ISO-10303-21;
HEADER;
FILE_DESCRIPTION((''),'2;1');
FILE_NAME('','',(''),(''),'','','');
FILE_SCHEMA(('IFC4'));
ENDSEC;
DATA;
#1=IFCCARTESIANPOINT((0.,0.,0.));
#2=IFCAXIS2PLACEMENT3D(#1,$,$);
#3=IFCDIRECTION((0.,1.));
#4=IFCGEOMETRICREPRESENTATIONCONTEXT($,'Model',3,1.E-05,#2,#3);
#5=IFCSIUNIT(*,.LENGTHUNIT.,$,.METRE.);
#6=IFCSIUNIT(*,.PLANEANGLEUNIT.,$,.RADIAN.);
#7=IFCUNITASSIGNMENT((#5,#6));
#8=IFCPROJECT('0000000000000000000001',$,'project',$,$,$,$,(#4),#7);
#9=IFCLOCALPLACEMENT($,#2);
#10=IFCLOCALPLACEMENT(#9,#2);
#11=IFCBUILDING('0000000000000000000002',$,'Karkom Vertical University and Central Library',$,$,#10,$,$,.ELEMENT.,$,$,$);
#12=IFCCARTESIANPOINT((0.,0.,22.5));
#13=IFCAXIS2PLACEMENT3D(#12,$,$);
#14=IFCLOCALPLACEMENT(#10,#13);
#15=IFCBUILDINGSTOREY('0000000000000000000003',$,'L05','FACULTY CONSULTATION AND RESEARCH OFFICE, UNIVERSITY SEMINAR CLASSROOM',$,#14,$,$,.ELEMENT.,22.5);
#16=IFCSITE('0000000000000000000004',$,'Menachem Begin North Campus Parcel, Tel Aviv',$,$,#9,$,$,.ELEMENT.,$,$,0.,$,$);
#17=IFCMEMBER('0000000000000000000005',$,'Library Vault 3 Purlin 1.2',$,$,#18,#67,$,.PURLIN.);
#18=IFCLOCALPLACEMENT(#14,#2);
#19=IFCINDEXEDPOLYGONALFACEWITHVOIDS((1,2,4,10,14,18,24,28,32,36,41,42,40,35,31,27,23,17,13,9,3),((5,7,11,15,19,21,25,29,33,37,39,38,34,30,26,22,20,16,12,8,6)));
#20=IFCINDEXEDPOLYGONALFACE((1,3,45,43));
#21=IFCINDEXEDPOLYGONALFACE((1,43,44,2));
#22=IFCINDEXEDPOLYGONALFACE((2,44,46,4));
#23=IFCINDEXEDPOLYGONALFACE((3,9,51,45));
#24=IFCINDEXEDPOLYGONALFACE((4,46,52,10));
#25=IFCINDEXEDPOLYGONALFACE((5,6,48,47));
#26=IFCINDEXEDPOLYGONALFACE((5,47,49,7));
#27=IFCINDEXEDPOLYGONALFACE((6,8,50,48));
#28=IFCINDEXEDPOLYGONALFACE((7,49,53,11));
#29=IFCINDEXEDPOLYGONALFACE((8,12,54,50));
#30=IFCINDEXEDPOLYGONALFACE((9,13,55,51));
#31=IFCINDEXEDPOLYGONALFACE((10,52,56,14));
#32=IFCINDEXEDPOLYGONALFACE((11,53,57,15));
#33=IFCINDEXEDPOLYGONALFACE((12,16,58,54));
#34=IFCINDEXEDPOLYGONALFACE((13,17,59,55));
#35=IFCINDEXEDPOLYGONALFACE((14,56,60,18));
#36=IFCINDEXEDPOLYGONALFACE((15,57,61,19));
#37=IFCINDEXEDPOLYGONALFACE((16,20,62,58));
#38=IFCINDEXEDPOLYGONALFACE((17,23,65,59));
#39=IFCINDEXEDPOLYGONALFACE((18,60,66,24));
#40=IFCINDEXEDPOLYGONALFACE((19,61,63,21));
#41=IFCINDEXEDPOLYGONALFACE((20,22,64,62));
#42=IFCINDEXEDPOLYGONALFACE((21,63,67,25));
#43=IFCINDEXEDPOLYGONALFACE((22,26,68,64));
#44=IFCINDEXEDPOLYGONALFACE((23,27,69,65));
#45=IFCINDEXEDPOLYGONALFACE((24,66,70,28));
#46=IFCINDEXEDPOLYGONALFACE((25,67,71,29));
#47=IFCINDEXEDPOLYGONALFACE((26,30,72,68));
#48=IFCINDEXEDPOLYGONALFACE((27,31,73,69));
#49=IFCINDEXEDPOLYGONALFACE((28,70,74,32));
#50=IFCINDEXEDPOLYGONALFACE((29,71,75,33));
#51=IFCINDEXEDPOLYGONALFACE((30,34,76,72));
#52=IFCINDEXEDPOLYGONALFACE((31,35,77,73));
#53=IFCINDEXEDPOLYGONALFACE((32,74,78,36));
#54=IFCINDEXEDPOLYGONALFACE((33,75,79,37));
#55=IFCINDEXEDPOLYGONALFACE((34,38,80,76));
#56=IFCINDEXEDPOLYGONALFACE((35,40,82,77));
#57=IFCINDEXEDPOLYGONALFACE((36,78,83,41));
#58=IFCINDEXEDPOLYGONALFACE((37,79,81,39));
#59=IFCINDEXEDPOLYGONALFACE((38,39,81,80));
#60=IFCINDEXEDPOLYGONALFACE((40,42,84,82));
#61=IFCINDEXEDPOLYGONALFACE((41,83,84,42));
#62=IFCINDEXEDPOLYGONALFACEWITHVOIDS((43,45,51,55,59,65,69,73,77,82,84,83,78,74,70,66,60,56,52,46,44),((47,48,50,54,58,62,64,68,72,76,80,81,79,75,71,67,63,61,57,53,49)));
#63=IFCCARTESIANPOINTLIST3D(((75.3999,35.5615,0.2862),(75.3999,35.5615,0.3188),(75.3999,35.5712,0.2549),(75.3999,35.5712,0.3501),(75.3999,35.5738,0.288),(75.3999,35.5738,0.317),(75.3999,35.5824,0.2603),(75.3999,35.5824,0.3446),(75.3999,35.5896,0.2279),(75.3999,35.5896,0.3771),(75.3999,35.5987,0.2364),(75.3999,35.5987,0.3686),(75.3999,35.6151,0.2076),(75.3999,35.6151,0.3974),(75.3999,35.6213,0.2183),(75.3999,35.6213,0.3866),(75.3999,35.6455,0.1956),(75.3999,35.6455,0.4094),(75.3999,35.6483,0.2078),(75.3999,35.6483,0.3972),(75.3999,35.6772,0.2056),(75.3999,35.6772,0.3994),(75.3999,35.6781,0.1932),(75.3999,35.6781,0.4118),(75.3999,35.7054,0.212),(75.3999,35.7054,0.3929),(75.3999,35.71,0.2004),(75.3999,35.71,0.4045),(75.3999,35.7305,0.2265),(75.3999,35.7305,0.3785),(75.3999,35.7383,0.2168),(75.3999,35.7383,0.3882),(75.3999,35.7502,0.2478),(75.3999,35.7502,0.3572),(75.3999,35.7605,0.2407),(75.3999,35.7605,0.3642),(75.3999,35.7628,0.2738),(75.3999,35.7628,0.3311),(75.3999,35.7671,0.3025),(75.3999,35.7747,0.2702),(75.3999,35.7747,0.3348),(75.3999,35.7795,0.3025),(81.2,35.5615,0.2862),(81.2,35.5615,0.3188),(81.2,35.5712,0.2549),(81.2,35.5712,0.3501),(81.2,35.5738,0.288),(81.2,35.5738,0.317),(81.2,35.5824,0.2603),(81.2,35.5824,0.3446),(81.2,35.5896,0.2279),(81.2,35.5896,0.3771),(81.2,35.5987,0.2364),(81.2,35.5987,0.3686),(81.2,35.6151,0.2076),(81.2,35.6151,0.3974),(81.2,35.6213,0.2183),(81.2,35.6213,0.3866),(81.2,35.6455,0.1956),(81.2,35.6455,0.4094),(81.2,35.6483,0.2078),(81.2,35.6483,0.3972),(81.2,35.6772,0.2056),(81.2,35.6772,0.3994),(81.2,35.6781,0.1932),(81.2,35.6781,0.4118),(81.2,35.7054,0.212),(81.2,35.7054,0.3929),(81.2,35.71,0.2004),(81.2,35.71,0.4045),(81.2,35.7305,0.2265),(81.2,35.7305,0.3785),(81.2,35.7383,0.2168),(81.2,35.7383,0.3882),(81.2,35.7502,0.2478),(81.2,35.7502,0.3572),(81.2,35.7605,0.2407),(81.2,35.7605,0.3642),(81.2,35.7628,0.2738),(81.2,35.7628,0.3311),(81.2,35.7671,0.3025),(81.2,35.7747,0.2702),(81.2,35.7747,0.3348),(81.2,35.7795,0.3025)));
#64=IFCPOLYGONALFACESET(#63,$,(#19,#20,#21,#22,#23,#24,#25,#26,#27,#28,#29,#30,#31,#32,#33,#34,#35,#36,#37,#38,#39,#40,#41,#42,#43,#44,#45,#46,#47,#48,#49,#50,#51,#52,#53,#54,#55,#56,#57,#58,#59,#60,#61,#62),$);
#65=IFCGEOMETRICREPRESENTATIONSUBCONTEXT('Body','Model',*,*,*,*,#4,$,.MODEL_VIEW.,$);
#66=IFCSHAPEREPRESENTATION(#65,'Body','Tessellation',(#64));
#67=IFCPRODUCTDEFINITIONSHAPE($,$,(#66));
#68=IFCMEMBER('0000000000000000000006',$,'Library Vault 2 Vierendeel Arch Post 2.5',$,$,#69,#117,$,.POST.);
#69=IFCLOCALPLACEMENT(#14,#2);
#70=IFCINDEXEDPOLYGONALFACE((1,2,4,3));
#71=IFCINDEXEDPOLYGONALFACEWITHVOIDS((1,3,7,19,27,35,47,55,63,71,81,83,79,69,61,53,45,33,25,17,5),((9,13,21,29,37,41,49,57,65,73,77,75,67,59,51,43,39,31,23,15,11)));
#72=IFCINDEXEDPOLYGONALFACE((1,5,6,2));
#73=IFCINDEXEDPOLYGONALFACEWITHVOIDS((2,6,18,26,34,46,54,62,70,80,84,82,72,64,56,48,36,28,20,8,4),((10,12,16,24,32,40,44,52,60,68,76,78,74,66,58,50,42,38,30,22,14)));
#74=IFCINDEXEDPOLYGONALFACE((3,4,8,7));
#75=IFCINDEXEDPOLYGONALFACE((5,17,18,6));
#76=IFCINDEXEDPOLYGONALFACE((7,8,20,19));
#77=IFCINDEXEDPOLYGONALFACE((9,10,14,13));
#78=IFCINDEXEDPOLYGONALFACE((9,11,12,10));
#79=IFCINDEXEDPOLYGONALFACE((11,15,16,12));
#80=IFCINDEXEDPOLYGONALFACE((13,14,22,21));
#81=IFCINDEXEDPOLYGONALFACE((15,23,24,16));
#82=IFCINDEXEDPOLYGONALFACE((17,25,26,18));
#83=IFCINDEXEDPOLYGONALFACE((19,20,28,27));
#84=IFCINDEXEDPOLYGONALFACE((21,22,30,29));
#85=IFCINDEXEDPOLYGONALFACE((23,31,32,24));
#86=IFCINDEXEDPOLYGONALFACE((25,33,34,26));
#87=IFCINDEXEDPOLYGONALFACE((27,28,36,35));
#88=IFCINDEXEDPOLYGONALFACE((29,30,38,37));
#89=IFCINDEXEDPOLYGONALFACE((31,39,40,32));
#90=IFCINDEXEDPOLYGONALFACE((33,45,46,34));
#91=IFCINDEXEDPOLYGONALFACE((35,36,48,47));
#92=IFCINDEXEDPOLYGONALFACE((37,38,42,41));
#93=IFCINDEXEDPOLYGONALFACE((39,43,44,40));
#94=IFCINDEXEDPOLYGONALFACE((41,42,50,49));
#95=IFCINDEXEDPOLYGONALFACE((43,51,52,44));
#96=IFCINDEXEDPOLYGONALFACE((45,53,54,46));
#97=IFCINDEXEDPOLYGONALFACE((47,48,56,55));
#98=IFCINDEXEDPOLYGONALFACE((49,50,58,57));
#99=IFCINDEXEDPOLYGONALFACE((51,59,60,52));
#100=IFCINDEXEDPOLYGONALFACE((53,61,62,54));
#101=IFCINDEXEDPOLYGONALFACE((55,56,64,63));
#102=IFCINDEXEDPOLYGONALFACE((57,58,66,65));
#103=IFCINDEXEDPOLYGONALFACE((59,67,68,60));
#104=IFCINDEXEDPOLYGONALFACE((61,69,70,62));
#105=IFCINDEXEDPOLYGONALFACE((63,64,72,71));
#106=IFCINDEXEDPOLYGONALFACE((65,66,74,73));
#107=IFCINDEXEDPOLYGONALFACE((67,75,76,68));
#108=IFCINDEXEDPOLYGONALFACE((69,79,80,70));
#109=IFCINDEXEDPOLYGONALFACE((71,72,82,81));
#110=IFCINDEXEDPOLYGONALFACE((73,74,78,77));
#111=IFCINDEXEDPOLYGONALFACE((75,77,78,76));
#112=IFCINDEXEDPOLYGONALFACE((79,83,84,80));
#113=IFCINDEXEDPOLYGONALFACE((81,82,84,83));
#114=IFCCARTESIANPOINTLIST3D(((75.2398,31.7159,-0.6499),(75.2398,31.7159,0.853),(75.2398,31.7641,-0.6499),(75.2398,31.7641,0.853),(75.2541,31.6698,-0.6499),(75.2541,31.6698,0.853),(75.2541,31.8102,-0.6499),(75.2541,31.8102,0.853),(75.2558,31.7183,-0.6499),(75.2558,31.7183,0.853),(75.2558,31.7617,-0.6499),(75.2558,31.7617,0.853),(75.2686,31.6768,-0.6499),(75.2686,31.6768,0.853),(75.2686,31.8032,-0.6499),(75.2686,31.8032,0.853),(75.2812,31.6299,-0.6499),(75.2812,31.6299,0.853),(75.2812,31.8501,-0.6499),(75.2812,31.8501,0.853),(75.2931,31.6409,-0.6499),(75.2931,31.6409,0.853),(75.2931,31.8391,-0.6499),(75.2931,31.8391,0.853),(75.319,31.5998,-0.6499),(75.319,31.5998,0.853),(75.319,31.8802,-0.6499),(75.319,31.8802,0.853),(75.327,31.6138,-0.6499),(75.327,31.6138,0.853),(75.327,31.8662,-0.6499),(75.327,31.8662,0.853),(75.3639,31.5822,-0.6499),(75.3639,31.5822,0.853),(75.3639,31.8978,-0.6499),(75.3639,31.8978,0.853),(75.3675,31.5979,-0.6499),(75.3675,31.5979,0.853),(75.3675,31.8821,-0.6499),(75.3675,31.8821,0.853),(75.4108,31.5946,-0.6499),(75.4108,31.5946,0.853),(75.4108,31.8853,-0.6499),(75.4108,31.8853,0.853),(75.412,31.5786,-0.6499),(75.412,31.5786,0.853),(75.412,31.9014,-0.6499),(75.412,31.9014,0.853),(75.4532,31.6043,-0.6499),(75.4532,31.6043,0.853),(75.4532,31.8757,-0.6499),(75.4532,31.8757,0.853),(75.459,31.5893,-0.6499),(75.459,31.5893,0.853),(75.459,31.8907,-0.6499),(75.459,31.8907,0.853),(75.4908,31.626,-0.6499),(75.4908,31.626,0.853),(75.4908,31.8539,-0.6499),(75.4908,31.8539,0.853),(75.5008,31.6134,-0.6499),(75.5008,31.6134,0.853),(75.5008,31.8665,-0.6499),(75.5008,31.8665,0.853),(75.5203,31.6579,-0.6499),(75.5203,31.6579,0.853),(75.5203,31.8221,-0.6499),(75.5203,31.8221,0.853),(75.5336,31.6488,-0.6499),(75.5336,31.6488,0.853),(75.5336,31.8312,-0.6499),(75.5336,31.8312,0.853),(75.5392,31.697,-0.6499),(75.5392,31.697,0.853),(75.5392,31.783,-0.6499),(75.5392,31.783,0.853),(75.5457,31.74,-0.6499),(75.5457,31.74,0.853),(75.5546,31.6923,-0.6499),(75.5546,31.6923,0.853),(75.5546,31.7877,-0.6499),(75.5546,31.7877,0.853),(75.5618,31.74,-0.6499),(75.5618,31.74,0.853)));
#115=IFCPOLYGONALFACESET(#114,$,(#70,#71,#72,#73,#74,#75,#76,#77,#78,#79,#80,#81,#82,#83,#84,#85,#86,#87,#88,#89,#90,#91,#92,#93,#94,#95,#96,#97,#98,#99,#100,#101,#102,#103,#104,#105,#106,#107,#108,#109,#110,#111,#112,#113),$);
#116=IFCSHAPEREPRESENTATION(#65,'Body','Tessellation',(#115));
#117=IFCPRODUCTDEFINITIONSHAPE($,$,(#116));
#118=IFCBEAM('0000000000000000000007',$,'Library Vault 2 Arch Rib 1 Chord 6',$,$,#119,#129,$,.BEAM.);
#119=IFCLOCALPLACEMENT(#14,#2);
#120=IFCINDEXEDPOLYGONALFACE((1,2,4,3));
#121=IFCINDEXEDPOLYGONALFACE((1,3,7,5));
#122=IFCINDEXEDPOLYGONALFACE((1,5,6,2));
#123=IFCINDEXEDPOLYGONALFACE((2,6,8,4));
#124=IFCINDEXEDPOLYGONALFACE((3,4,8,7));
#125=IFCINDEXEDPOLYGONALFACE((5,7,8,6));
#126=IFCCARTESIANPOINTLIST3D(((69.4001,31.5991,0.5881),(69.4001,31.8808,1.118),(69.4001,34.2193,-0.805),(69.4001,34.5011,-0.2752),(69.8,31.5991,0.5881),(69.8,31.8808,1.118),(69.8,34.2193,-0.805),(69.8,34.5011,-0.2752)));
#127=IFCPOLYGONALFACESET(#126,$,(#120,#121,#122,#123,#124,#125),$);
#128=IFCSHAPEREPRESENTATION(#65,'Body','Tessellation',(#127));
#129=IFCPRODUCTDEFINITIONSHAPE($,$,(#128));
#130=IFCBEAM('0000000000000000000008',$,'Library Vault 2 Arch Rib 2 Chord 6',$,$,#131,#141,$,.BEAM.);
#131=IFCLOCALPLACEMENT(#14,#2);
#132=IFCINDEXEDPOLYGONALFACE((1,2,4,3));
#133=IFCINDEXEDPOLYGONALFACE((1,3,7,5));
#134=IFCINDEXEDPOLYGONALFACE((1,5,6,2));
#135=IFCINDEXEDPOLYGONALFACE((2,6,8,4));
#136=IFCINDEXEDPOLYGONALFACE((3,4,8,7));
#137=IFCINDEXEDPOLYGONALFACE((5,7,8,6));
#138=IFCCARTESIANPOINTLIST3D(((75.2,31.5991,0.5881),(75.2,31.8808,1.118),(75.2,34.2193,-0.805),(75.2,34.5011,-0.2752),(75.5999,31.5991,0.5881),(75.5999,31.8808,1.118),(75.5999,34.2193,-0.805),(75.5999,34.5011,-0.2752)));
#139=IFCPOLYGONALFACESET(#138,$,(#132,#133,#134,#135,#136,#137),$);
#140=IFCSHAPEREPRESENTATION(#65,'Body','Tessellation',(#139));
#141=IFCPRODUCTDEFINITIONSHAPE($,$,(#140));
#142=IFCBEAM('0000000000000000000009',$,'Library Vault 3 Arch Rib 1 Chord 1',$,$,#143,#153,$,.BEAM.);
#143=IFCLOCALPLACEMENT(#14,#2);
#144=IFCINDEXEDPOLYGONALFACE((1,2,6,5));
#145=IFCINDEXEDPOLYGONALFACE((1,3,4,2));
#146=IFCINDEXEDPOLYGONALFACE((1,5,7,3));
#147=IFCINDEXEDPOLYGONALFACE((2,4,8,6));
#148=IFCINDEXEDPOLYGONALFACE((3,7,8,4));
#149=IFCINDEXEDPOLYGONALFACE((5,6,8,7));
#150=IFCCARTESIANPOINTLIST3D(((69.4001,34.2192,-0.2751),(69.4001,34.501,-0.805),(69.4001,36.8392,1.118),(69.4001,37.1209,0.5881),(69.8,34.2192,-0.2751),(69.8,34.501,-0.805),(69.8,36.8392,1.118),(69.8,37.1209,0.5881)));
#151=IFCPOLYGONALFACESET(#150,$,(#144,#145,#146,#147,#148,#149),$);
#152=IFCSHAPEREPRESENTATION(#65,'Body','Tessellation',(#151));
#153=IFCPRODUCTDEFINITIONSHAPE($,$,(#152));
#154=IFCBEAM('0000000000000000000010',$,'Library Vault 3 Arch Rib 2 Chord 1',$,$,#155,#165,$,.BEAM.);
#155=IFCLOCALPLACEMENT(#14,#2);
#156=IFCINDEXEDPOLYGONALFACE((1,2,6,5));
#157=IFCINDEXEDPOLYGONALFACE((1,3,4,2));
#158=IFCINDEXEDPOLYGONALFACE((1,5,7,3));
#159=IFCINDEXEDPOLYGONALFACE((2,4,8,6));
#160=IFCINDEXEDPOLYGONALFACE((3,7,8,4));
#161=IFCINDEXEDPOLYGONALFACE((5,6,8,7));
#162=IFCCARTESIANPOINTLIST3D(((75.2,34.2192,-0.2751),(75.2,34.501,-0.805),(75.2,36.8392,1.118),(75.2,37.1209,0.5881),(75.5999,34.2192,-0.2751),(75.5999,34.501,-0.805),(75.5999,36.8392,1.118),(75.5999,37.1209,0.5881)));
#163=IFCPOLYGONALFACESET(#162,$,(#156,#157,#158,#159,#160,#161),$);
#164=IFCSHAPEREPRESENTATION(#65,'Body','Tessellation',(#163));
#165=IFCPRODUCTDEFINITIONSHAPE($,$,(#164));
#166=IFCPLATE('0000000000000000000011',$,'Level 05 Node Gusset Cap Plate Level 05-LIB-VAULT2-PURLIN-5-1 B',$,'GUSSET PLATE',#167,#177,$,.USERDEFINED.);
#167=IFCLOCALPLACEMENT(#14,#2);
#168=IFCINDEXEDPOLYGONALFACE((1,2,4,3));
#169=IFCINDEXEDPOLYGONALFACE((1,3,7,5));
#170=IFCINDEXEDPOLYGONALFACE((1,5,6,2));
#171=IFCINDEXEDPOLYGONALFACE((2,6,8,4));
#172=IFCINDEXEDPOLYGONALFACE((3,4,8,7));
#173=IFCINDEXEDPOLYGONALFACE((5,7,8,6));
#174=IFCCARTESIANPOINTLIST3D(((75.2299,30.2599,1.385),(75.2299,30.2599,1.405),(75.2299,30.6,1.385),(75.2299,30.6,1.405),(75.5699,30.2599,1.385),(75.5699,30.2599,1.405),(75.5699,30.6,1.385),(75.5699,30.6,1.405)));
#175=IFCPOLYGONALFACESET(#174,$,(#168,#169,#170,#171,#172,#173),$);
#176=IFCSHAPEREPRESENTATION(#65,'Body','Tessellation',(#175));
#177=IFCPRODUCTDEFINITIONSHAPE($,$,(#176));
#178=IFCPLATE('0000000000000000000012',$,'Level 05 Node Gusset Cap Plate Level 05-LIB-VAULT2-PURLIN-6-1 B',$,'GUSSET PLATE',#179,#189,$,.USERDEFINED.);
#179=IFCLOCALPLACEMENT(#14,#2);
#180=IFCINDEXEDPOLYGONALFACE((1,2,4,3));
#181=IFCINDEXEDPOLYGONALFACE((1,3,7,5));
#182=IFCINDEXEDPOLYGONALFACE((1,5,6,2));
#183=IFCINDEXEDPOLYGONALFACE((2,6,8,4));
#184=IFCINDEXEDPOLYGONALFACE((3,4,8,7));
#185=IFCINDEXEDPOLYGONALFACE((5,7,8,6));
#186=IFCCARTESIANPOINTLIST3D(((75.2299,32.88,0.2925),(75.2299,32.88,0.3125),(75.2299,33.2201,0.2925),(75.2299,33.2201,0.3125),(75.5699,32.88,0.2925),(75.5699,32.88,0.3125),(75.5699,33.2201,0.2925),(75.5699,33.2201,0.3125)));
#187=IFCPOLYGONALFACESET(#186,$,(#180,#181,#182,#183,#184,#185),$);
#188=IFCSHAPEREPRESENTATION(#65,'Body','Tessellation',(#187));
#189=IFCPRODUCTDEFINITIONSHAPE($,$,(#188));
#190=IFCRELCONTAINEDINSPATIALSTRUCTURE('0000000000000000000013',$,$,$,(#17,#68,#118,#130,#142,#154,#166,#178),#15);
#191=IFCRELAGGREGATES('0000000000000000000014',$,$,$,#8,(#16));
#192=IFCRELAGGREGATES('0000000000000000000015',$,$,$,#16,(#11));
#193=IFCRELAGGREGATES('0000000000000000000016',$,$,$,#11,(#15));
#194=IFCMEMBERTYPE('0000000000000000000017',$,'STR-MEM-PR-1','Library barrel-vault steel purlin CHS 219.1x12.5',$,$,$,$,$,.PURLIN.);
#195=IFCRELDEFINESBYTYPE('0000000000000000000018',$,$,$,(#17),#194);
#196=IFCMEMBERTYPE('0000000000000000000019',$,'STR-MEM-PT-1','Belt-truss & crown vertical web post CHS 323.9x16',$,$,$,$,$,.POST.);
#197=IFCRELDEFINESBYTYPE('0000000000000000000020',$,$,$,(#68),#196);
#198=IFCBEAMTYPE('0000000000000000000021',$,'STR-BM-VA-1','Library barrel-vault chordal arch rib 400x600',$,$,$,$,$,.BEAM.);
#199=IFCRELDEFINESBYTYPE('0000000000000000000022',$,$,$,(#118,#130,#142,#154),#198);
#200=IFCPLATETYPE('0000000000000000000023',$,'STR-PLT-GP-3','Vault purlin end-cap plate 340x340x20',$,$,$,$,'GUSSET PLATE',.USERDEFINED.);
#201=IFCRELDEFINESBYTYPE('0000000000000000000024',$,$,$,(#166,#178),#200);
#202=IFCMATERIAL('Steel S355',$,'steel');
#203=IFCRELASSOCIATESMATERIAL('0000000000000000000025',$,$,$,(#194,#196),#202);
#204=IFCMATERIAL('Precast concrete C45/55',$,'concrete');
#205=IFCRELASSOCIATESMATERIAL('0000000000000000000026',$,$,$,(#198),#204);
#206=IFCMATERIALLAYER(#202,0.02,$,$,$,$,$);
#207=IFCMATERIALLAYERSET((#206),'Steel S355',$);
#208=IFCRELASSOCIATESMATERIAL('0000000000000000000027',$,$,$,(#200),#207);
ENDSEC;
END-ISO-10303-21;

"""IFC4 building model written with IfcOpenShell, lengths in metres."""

from ifc_helpers import new_model, si_unit, direction, frame, origin, origin_with_axes, origin_2d, place, context, subcontext, project, spatial, rectangle, hollow_circle, extrude, source, transform, mapped, material, layer, layer_set, material_profile, profile_set, type_object, element, save


model = new_model("IFC4")

# Units and contexts
model_context = context("Model", 3, precision=1e-05, world=origin(), true_north=direction((0.0, 1.0)))
body_context = subcontext(model_context, "Body", "Model", "MODEL_VIEW")
ifc_project = project(units=[si_unit("LENGTHUNIT", "METRE"), si_unit("PLANEANGLEUNIT", "RADIAN")], contexts=[model_context])

# Site, building, storey
site_placement = place(None, origin())
site = spatial("IfcSite", under=ifc_project, at=site_placement, Name="Menachem Begin North Campus Parcel, Tel Aviv", CompositionType="ELEMENT", RefElevation=0.0)
building_placement = place(site_placement, origin())
building = spatial("IfcBuilding", under=site, at=building_placement, Name="Karkom Vertical University and Central Library", CompositionType="ELEMENT")
storey_placement = place(building_placement, frame((0.0, 0.0, 22.5)))
storey = spatial("IfcBuildingStorey", under=building, at=storey_placement, Name="L05", Description="FACULTY CONSULTATION AND RESEARCH OFFICE, UNIVERSITY SEMINAR CLASSROOM", CompositionType="ELEMENT", Elevation=22.5)

# Members
ifc_material_1 = material(Name="Steel S355", Category="steel")
ifc_material_profile_1 = material_profile(ifc_material_1, hollow_circle(Radius=0.1096, WallThickness=0.0125, at=origin_2d()), Name="CHS 219.1x12.5")
ifc_profile_set_1 = profile_set([ifc_material_profile_1], Name="Steel S355")
member_type_1 = type_object("IfcMemberType", Name="STR-MEM-PR-1", Description="Library barrel-vault steel purlin CHS 219.1x12.5", PredefinedType="PURLIN", material=ifc_profile_set_1)
shared_shape_1 = source(origin_with_axes(), body_context, "Body", "SweptSolid", [
    extrude(hollow_circle(Radius=0.1096, WallThickness=0.0125, at=origin_2d()), origin(), (0.0, 0.0, 1.0), 5.8),
])
for number, where, z_axis, x_axis, name in (
    (1, (75.3999, 35.6699, 0.3025), (1.0, 0.0, 0.0), (0.0, 1.0, 0.0), "Library Vault 3 Purlin 1.2"),
):
    element("IfcMember", number, at=place(storey_placement, frame(where, z_axis=z_axis, x_axis=x_axis)), inside=storey, type_object=member_type_1, Name=name, PredefinedType="PURLIN", context=body_context, shape_type="MappedRepresentation", body=[
        mapped(shared_shape_1, transform((0.0, 0.0, 0.0), scale=1.0)),
    ])
ifc_material_profile_2 = material_profile(ifc_material_1, hollow_circle(Radius=0.1619, WallThickness=0.0161, at=origin_2d()), Name="CHS 323.9x16")
ifc_profile_set_2 = profile_set([ifc_material_profile_2], Name="Steel S355")
member_type_2 = type_object("IfcMemberType", Name="STR-MEM-PT-1", Description="Belt-truss & crown vertical web post CHS 323.9x16", PredefinedType="POST", material=ifc_profile_set_2)
shared_shape_2 = source(origin_with_axes(), body_context, "Body", "SweptSolid", [
    extrude(hollow_circle(Radius=0.1619, WallThickness=0.0161, at=origin_2d()), origin(), (0.0, 0.0, 1.0), 1.5029),
])
member_1_placement = place(storey_placement, frame((75.3999, 31.74, -0.6499), z_axis=(0.0, 0.0, 1.0), x_axis=(1.0, 0.0, 0.0)))
element("IfcMember", 2, at=member_1_placement, inside=storey, type_object=member_type_2, Name="Library Vault 2 Vierendeel Arch Post 2.5", PredefinedType="POST", context=body_context, shape_type="MappedRepresentation", body=[
    mapped(shared_shape_2, transform((0.0, 0.0, 0.0), scale=1.0)),
])

# Beams
ifc_material_2 = material(Name="Precast concrete C45/55", Category="concrete")
ifc_material_profile_3 = material_profile(ifc_material_2, rectangle(XDim=0.3999, YDim=0.6001, at=origin_2d()), Name="RCB-400x600")
ifc_profile_set_3 = profile_set([ifc_material_profile_3], Name="Precast concrete C45/55")
beam_type = type_object("IfcBeamType", Name="STR-BM-VA-1", Description="Library barrel-vault chordal arch rib 400x600", PredefinedType="BEAM", material=ifc_profile_set_3)
shared_shape_3 = source(origin_with_axes(), body_context, "Body", "SweptSolid", [
    extrude(rectangle(XDim=0.3999, YDim=0.6001, at=origin_2d()), origin(), (0.0, 0.0, 1.0), 2.9675),
])
for number, where, z_axis, x_axis, name in (
    (3, (69.6001, 31.74, 0.853), (0.0, 0.882958, -0.469452), (-1.0, 0.0, 0.0), "Library Vault 2 Arch Rib 1 Chord 6"),
    (4, (75.3999, 31.74, 0.853), (0.0, 0.882958, -0.469452), (-1.0, 0.0, 0.0), "Library Vault 2 Arch Rib 2 Chord 6"),
):
    element("IfcBeam", number, at=place(storey_placement, frame(where, z_axis=z_axis, x_axis=x_axis)), inside=storey, type_object=beam_type, Name=name, PredefinedType="BEAM", context=body_context, shape_type="MappedRepresentation", body=[
        mapped(shared_shape_3, transform((0.0, 0.0, 0.0), scale=1.0)),
    ])
shared_shape_4 = source(origin_with_axes(), body_context, "Body", "SweptSolid", [
    extrude(rectangle(XDim=0.3999, YDim=0.6001, at=origin_2d()), origin(), (0.0, 0.0, 1.0), 2.9673),
])
for number, where, z_axis, x_axis, name in (
    (5, (69.6001, 34.3601, -0.54), (0.0, 0.88294, 0.469486), (-1.0, 0.0, 0.0), "Library Vault 3 Arch Rib 1 Chord 1"),
    (6, (75.3999, 34.3601, -0.54), (0.0, 0.88294, 0.469486), (-1.0, 0.0, 0.0), "Library Vault 3 Arch Rib 2 Chord 1"),
):
    element("IfcBeam", number, at=place(storey_placement, frame(where, z_axis=z_axis, x_axis=x_axis)), inside=storey, type_object=beam_type, Name=name, PredefinedType="BEAM", context=body_context, shape_type="MappedRepresentation", body=[
        mapped(shared_shape_4, transform((0.0, 0.0, 0.0), scale=1.0)),
    ])

# Plates
ifc_layer = layer(ifc_material_1, 0.02)
ifc_layer_set = layer_set([ifc_layer], Name="Steel S355")
plate_type = type_object("IfcPlateType", Name="STR-PLT-GP-3", Description="Vault purlin end-cap plate 340x340x20", ElementType="GUSSET PLATE", PredefinedType="USERDEFINED", material=ifc_layer_set)
shared_shape_5 = source(origin_with_axes(), body_context, "Body", "SweptSolid", [
    extrude(rectangle(XDim=0.3401, YDim=0.3401, at=origin_2d()), origin(), (0.0, 0.0, 1.0), 0.02),
])
for number, where, z_axis, x_axis, name in (
    (7, (75.3999, 30.4299, 1.385), (0.0, 0.0, 1.0), (1.0, 0.0, 0.0), "Level 05 Node Gusset Cap Plate Level 05-LIB-VAULT2-PURLIN-5-1 B"),
    (8, (75.3999, 33.05, 0.2925), (0.0, 0.0, 1.0), (1.0, 0.0, 0.0), "Level 05 Node Gusset Cap Plate Level 05-LIB-VAULT2-PURLIN-6-1 B"),
):
    element("IfcPlate", number, at=place(storey_placement, frame(where, z_axis=z_axis, x_axis=x_axis)), inside=storey, type_object=plate_type, Name=name, ObjectType="GUSSET PLATE", PredefinedType="USERDEFINED", context=body_context, shape_type="MappedRepresentation", body=[
        mapped(shared_shape_5, transform((0.0, 0.0, 0.0), scale=1.0)),
    ])

save(model, "model.ifc")
